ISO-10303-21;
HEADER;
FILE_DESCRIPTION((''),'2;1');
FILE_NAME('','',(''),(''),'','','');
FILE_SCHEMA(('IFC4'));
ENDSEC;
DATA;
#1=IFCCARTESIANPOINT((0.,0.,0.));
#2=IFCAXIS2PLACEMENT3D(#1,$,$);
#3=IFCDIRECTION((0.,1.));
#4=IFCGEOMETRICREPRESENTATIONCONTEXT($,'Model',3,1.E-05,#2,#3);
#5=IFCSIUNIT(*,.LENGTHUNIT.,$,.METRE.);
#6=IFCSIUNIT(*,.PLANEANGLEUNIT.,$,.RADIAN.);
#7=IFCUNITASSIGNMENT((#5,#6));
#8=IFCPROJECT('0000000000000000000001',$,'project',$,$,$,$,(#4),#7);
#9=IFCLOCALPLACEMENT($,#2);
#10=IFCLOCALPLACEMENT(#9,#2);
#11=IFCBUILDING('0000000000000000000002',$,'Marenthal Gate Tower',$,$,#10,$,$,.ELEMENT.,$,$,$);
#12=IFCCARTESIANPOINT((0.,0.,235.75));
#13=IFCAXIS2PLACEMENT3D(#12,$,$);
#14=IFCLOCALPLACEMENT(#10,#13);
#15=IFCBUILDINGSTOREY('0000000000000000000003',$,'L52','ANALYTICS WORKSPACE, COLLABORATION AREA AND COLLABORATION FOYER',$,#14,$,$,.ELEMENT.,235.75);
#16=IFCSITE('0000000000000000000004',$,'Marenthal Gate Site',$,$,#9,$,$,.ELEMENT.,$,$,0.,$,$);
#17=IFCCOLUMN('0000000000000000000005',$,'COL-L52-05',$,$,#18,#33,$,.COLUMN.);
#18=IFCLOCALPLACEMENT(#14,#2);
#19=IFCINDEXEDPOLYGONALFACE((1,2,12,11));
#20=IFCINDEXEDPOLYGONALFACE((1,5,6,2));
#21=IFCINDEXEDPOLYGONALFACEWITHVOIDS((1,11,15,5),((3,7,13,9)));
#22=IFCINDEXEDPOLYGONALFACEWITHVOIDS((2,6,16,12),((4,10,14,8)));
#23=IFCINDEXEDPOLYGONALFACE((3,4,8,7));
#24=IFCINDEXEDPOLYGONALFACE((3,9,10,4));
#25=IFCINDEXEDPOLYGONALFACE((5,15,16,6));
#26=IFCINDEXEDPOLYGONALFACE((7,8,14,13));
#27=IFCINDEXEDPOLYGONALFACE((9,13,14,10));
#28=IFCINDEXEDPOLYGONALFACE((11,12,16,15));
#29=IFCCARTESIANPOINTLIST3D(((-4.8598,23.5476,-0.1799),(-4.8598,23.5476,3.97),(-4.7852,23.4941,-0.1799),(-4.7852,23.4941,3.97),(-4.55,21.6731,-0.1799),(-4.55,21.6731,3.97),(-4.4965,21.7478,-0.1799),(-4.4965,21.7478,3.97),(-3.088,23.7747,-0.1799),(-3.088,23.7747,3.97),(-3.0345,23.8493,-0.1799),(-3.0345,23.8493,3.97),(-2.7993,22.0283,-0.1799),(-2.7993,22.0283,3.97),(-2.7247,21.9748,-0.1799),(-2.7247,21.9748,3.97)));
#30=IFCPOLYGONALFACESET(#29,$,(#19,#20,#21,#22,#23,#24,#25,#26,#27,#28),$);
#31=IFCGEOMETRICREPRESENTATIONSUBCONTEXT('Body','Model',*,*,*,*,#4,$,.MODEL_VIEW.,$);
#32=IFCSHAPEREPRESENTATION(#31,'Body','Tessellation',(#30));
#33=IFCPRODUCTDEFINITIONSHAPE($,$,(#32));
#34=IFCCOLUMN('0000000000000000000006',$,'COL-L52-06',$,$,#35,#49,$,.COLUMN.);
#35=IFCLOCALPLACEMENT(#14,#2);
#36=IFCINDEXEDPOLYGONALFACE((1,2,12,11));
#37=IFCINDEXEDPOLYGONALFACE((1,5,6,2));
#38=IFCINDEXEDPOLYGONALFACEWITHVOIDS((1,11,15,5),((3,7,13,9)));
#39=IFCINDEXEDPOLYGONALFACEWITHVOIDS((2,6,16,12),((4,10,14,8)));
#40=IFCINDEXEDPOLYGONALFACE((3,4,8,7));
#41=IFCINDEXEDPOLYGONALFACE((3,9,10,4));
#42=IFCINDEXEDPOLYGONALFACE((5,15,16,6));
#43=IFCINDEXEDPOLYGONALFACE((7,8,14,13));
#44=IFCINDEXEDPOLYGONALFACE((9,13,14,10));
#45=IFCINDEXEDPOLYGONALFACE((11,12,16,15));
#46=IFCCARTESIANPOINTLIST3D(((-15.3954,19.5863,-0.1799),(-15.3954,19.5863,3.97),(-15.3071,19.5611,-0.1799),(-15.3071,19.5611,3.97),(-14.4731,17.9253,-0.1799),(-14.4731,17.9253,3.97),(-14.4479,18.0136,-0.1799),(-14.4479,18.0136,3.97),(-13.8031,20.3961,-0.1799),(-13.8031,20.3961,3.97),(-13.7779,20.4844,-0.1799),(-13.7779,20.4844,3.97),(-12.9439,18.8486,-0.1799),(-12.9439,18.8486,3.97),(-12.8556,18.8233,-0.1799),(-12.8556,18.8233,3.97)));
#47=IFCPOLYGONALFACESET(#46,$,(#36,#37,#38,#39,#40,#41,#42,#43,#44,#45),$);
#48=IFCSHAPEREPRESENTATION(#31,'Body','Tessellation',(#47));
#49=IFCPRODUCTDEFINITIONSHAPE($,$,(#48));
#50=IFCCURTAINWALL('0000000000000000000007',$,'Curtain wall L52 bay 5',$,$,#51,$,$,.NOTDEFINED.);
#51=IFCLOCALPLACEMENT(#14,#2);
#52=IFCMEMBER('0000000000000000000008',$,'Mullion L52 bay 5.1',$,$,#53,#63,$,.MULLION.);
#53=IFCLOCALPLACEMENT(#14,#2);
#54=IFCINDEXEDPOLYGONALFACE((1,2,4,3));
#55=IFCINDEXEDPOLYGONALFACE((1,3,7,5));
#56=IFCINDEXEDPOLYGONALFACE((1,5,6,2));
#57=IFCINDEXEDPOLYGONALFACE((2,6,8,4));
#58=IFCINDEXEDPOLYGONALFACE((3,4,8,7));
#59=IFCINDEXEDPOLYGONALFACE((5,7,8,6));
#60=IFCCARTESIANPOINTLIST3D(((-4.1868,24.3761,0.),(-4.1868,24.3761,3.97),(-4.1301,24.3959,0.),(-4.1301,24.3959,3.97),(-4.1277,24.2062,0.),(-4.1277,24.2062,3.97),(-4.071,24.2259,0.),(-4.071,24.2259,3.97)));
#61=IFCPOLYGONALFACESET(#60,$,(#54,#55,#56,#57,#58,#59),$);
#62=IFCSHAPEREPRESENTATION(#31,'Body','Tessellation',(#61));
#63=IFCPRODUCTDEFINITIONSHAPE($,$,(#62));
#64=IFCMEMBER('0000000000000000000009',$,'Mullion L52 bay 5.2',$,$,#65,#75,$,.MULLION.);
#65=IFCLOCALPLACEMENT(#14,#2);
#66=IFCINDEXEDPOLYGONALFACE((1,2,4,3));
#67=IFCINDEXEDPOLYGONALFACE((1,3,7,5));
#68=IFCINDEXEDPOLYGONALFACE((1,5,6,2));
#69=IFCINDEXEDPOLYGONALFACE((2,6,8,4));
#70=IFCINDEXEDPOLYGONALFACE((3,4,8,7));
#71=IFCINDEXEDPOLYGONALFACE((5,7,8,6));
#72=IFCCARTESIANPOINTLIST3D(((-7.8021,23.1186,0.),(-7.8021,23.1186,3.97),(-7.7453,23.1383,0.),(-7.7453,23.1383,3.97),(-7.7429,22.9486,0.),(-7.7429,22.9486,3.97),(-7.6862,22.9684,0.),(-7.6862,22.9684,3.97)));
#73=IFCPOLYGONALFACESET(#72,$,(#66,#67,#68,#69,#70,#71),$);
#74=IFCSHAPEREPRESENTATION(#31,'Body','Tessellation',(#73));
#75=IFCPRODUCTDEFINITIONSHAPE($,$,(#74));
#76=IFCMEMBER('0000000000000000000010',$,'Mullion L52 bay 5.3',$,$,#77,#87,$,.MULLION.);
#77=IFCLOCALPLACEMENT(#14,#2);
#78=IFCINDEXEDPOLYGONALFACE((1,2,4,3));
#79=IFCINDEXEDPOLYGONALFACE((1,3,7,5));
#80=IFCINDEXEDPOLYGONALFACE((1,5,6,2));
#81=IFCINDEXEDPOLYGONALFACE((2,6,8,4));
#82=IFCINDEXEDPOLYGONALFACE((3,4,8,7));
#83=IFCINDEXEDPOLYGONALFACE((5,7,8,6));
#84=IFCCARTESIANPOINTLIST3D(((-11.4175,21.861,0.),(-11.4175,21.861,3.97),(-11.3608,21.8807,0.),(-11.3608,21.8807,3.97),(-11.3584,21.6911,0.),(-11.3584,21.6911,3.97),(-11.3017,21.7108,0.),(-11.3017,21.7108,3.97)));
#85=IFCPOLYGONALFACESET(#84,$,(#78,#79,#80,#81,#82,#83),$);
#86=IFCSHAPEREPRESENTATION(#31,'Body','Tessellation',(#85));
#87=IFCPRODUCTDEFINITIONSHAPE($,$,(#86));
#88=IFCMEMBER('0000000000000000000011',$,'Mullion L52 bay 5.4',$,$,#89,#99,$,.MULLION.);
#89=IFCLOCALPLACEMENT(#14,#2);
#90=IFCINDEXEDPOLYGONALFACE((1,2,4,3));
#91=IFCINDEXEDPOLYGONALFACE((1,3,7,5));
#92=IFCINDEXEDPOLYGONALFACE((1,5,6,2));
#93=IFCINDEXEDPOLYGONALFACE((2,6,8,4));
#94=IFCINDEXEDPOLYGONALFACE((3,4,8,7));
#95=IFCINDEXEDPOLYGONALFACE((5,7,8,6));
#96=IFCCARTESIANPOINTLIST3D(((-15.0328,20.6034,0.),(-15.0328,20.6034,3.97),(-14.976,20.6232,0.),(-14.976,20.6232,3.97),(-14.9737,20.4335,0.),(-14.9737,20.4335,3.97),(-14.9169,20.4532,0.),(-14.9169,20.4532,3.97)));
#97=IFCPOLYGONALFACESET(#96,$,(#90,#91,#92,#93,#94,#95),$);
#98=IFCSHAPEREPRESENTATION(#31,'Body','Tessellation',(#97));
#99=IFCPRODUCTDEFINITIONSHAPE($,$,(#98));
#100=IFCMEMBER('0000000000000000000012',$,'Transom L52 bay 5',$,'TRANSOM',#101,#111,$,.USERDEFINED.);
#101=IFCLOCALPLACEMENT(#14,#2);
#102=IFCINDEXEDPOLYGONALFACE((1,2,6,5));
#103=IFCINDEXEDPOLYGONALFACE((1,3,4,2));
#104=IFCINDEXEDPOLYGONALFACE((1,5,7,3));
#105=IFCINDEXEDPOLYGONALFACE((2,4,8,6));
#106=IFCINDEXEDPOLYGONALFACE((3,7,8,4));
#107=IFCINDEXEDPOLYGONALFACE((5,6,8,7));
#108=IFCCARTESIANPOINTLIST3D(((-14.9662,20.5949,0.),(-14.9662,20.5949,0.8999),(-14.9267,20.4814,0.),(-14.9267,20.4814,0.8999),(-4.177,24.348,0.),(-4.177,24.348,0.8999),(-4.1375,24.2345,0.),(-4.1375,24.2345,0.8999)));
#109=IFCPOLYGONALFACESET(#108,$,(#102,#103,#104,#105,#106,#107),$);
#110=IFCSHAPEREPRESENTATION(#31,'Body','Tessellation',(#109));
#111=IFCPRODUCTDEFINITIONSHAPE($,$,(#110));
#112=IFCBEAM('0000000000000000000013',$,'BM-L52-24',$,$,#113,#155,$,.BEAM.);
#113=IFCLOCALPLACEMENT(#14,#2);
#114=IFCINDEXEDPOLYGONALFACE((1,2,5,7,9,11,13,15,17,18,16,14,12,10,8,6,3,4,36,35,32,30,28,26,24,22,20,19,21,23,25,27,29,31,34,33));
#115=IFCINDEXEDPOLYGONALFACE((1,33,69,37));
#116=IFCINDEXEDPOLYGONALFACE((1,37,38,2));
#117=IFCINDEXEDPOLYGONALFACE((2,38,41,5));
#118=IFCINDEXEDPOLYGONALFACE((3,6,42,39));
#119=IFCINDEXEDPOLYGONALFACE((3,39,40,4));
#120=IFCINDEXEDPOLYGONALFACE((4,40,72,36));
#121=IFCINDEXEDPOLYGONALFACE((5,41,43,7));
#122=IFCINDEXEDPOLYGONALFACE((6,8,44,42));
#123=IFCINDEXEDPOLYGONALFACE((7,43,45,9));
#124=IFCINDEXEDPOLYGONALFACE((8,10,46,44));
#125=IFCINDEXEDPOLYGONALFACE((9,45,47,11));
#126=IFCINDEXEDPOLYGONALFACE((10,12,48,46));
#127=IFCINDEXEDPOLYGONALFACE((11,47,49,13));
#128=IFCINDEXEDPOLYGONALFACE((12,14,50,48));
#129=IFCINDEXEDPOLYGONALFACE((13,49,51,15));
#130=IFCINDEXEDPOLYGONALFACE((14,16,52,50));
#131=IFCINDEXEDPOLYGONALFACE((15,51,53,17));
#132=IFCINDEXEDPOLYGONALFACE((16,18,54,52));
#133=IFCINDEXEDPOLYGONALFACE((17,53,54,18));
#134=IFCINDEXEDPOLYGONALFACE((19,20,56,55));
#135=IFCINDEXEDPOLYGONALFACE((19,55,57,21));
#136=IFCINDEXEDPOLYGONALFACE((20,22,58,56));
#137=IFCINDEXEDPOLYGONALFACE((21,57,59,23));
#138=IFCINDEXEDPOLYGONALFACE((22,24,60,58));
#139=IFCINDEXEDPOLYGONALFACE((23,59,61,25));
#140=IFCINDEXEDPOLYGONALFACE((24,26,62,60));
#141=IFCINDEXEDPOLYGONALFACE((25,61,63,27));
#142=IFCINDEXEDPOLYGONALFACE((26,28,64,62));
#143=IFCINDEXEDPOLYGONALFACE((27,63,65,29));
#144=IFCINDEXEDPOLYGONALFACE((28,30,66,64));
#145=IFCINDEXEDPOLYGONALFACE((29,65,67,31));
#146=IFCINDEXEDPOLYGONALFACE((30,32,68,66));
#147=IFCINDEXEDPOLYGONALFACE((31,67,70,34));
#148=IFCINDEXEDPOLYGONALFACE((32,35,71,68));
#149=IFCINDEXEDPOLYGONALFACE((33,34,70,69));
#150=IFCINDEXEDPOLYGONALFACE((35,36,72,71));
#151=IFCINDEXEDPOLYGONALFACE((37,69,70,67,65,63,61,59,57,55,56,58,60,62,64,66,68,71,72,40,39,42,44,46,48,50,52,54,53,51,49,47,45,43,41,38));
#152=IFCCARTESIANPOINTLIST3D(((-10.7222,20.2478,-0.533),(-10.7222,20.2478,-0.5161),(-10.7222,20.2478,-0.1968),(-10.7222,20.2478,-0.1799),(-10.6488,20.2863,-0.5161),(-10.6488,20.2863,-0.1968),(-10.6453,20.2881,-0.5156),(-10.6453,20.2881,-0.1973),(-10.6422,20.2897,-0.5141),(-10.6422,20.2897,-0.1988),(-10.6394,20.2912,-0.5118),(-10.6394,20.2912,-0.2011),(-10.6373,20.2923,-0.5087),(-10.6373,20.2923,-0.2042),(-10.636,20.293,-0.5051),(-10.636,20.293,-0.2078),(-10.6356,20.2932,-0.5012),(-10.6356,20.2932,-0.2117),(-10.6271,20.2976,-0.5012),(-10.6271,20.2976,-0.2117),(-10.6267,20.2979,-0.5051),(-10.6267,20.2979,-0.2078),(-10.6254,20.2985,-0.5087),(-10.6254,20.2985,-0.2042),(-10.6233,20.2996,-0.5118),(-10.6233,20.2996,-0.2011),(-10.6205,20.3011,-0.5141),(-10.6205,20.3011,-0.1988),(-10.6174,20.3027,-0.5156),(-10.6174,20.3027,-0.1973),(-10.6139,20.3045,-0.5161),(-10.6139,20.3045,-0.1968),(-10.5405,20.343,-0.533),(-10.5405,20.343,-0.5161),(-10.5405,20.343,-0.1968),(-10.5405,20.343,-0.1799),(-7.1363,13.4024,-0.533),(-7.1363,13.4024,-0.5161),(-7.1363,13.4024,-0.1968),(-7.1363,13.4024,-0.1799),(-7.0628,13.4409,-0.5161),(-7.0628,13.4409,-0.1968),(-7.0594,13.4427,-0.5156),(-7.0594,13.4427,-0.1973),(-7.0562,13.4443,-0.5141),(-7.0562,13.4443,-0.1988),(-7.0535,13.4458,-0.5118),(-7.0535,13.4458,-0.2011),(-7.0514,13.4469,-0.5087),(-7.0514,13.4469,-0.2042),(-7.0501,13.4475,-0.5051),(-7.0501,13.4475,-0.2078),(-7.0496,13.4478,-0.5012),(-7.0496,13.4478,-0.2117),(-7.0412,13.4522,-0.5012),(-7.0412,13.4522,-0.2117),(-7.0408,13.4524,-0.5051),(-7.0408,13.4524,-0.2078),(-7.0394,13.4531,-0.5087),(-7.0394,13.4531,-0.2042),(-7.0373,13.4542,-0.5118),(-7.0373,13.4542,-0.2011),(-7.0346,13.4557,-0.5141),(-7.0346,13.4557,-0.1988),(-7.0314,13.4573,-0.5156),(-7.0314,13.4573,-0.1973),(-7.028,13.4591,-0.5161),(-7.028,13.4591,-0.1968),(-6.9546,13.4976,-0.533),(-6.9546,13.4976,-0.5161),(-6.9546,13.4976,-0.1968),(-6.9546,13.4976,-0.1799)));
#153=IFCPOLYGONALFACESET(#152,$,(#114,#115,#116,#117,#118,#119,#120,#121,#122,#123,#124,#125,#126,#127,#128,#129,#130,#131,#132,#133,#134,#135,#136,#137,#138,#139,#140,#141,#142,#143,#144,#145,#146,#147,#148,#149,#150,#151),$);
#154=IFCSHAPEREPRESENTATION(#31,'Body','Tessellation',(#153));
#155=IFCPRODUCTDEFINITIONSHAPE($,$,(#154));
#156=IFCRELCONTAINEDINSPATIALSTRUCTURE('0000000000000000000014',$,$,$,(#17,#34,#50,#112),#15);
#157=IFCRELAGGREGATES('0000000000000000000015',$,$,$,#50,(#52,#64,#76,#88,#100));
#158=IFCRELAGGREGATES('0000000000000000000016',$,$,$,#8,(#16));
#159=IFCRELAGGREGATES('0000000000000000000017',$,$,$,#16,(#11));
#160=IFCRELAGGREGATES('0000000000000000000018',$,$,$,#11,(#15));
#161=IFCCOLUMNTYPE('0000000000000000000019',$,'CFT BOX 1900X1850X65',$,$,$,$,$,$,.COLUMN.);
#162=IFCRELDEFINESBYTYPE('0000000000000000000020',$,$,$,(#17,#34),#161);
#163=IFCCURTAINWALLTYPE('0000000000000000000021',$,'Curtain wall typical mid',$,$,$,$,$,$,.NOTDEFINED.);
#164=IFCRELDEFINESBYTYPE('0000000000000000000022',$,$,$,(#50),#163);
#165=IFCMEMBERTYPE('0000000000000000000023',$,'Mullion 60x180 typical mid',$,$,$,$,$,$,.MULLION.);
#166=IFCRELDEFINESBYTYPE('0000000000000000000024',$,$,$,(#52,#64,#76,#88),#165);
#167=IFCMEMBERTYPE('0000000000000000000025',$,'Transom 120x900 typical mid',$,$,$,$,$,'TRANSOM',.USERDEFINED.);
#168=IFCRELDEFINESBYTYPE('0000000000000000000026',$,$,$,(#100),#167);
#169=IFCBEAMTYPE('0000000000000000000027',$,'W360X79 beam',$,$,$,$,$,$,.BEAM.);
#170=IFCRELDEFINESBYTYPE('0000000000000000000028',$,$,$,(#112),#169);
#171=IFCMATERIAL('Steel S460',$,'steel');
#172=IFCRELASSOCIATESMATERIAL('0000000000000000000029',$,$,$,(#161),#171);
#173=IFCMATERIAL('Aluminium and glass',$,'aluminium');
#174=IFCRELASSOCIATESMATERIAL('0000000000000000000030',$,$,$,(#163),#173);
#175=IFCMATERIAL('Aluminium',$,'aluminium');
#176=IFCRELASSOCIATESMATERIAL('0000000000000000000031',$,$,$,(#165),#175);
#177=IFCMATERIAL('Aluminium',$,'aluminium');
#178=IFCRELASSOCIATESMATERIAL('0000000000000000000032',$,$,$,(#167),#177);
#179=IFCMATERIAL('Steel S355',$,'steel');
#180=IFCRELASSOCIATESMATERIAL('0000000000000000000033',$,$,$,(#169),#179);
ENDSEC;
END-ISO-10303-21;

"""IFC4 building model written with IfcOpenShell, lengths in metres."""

from ifc_helpers import new_model, si_unit, direction, frame, origin, origin_2d, place, context, subcontext, project, spatial, rectangle, hollow_rectangle, i_section, extrude, material, material_profile, profile_set, type_object, element, aggregate, save


model = new_model("IFC4")

# Units and contexts
model_context = context("Model", 3, precision=1e-05, world=origin(), true_north=direction((0.0, 1.0)))
body_context = subcontext(model_context, "Body", "Model", "MODEL_VIEW")
ifc_project = project(units=[si_unit("LENGTHUNIT", "METRE"), si_unit("PLANEANGLEUNIT", "RADIAN")], contexts=[model_context])

# Site, building, storey
site_placement = place(None, origin())
site = spatial("IfcSite", under=ifc_project, at=site_placement, Name="Marenthal Gate Site", CompositionType="ELEMENT", RefElevation=0.0)
building_placement = place(site_placement, origin())
building = spatial("IfcBuilding", under=site, at=building_placement, Name="Marenthal Gate Tower", CompositionType="ELEMENT")
storey_placement = place(building_placement, frame((0.0, 0.0, 235.75)))
storey = spatial("IfcBuildingStorey", under=building, at=storey_placement, Name="L52", Description="ANALYTICS WORKSPACE, COLLABORATION AREA AND COLLABORATION FOYER", CompositionType="ELEMENT", Elevation=235.75)

# Columns
ifc_material_1 = material(Name="Steel S460", Category="steel")
ifc_material_profile_1 = material_profile(ifc_material_1, hollow_rectangle(XDim=1.8501, YDim=1.8999, WallThickness=0.0649, at=origin_2d()), Name="CFT BOX 1900X1850X65")
ifc_material_2 = material(Name="Concrete 70 MPa", Category="concrete")
ifc_material_profile_2 = material_profile(ifc_material_2, rectangle(XDim=1.72, YDim=1.77, at=origin_2d()), Name="CFT BOX 1900X1850X65 INFILL")
ifc_profile_set_1 = profile_set([ifc_material_profile_1, ifc_material_profile_2], Name="Steel S460 shell, Concrete 70 MPa infill")
column_type = type_object("IfcColumnType", Name="CFT BOX 1900X1850X65", PredefinedType="COLUMN", material=ifc_profile_set_1)
for number, where, z_axis, x_axis, name in (
    (1, (-3.7922, 22.7612, -0.1799), (0.0, 0.0, 1.0), (0.986614, 0.163073, 0.0), "COL-L52-05"),
    (2, (-14.1255, 19.2048, -0.1799), (0.0, 0.0, 1.0), (0.874282, 0.485419, 0.0), "COL-L52-06"),
):
    element("IfcColumn", number, at=place(storey_placement, frame(where, z_axis=z_axis, x_axis=x_axis)), inside=storey, type_object=column_type, Name=name, PredefinedType="COLUMN", context=body_context, shape_type="SweptSolid", body=[
        extrude(hollow_rectangle(XDim=1.8501, YDim=1.8999, WallThickness=0.0649, at=origin_2d()), origin(), (0.0, 0.0, 1.0), 4.1499),
    ])

# Curtain wall, members
ifc_material_3 = material(Name="Aluminium and glass", Category="aluminium")
curtain_wall_type = type_object("IfcCurtainWallType", Name="Curtain wall typical mid", PredefinedType="NOTDEFINED", material=ifc_material_3)
curtain_wall_placement = place(storey_placement, origin())
curtain_wall = element("IfcCurtainWall", 3, at=curtain_wall_placement, inside=storey, type_object=curtain_wall_type, Name="Curtain wall L52 bay 5", PredefinedType="NOTDEFINED")
ifc_material_4 = material(Name="Aluminium", Category="aluminium")
ifc_material_profile_3 = material_profile(ifc_material_4, rectangle(XDim=0.1799, YDim=0.0601, at=origin_2d()), Name="60x180 aluminium mullion")
ifc_profile_set_2 = profile_set([ifc_material_profile_3], Name="Aluminium")
member_type_1 = type_object("IfcMemberType", Name="Mullion 60x180 typical mid", PredefinedType="MULLION", material=ifc_profile_set_2)
member_1_placement = place(storey_placement, frame((-4.1289, 24.301, 0.0), z_axis=(0.0, 0.0, 1.0), x_axis=(0.32854, -0.94449, 0.0)))
member_1 = element("IfcMember", 4, at=member_1_placement, type_object=member_type_1, Name="Mullion L52 bay 5.1", PredefinedType="MULLION", context=body_context, shape_type="SweptSolid", body=[
    extrude(rectangle(XDim=0.1799, YDim=0.0601, at=origin_2d()), origin(), (0.0, 0.0, 1.0), 3.97),
])
member_2_placement = place(storey_placement, frame((-7.7441, 23.0435, 0.0), z_axis=(0.0, 0.0, 1.0), x_axis=(0.32854, -0.94449, 0.0)))
member_2 = element("IfcMember", 5, at=member_2_placement, type_object=member_type_1, Name="Mullion L52 bay 5.2", PredefinedType="MULLION", context=body_context, shape_type="SweptSolid", body=[
    extrude(rectangle(XDim=0.1799, YDim=0.0601, at=origin_2d()), origin(), (0.0, 0.0, 1.0), 3.97),
])
member_3_placement = place(storey_placement, frame((-11.3596, 21.7859, 0.0), z_axis=(0.0, 0.0, 1.0), x_axis=(0.32854, -0.94449, 0.0)))
member_3 = element("IfcMember", 6, at=member_3_placement, type_object=member_type_1, Name="Mullion L52 bay 5.3", PredefinedType="MULLION", context=body_context, shape_type="SweptSolid", body=[
    extrude(rectangle(XDim=0.1799, YDim=0.0601, at=origin_2d()), origin(), (0.0, 0.0, 1.0), 3.97),
])
member_4_placement = place(storey_placement, frame((-14.9749, 20.5283, 0.0), z_axis=(0.0, 0.0, 1.0), x_axis=(0.32854, -0.94449, 0.0)))
member_4 = element("IfcMember", 7, at=member_4_placement, type_object=member_type_1, Name="Mullion L52 bay 5.4", PredefinedType="MULLION", context=body_context, shape_type="SweptSolid", body=[
    extrude(rectangle(XDim=0.1799, YDim=0.0601, at=origin_2d()), origin(), (0.0, 0.0, 1.0), 3.97),
])
ifc_material_5 = material(Name="Aluminium", Category="aluminium")
ifc_material_profile_4 = material_profile(ifc_material_5, rectangle(XDim=0.1201, YDim=0.8999, at=origin_2d()), Name="120x900 aluminium transom")
ifc_profile_set_3 = profile_set([ifc_material_profile_4], Name="Aluminium")
member_type_2 = type_object("IfcMemberType", Name="Transom 120x900 typical mid", ElementType="TRANSOM", PredefinedType="USERDEFINED", material=ifc_profile_set_3)
member_5_placement = place(storey_placement, frame((-4.1572, 24.2913, 0.45), z_axis=(-0.944487, -0.32855, 0.0), x_axis=(0.32855, -0.944487, 0.0)))
member_5 = element("IfcMember", 8, at=member_5_placement, type_object=member_type_2, Name="Transom L52 bay 5", ObjectType="TRANSOM", PredefinedType="USERDEFINED", context=body_context, shape_type="SweptSolid", body=[
    extrude(rectangle(XDim=0.1201, YDim=0.8999, at=origin_2d()), origin(), (0.0, 0.0, 1.0), 11.4233),
])

# Beam
ifc_material_6 = material(Name="Steel S355", Category="steel")
ifc_material_profile_5 = material_profile(ifc_material_6, i_section(OverallWidth=0.2051, OverallDepth=0.353, WebThickness=0.0095, FlangeThickness=0.0168, FilletRadius=0.0149, at=origin_2d()), Name="W360X79")
ifc_profile_set_4 = profile_set([ifc_material_profile_5], Name="Steel S355")
beam_type_1 = type_object("IfcBeamType", Name="W360X79 beam", PredefinedType="BEAM", material=ifc_profile_set_4)
beam_1_placement = place(storey_placement, frame((-10.6313, 20.2954, -0.3564), z_axis=(0.464029, -0.88582, 0.0), x_axis=(0.88582, 0.464029, 0.0)))
element("IfcBeam", 9, at=beam_1_placement, inside=storey, type_object=beam_type_1, Name="BM-L52-24", PredefinedType="BEAM", context=body_context, shape_type="SweptSolid", body=[
    extrude(i_section(OverallWidth=0.2051, OverallDepth=0.353, WebThickness=0.0095, FlangeThickness=0.0168, FilletRadius=0.0149, at=origin_2d()), origin(), (0.0, 0.0, 1.0), 7.7278),
])

aggregate(curtain_wall, [member_1, member_2, member_3, member_4, member_5])

save(model, "model.ifc")
